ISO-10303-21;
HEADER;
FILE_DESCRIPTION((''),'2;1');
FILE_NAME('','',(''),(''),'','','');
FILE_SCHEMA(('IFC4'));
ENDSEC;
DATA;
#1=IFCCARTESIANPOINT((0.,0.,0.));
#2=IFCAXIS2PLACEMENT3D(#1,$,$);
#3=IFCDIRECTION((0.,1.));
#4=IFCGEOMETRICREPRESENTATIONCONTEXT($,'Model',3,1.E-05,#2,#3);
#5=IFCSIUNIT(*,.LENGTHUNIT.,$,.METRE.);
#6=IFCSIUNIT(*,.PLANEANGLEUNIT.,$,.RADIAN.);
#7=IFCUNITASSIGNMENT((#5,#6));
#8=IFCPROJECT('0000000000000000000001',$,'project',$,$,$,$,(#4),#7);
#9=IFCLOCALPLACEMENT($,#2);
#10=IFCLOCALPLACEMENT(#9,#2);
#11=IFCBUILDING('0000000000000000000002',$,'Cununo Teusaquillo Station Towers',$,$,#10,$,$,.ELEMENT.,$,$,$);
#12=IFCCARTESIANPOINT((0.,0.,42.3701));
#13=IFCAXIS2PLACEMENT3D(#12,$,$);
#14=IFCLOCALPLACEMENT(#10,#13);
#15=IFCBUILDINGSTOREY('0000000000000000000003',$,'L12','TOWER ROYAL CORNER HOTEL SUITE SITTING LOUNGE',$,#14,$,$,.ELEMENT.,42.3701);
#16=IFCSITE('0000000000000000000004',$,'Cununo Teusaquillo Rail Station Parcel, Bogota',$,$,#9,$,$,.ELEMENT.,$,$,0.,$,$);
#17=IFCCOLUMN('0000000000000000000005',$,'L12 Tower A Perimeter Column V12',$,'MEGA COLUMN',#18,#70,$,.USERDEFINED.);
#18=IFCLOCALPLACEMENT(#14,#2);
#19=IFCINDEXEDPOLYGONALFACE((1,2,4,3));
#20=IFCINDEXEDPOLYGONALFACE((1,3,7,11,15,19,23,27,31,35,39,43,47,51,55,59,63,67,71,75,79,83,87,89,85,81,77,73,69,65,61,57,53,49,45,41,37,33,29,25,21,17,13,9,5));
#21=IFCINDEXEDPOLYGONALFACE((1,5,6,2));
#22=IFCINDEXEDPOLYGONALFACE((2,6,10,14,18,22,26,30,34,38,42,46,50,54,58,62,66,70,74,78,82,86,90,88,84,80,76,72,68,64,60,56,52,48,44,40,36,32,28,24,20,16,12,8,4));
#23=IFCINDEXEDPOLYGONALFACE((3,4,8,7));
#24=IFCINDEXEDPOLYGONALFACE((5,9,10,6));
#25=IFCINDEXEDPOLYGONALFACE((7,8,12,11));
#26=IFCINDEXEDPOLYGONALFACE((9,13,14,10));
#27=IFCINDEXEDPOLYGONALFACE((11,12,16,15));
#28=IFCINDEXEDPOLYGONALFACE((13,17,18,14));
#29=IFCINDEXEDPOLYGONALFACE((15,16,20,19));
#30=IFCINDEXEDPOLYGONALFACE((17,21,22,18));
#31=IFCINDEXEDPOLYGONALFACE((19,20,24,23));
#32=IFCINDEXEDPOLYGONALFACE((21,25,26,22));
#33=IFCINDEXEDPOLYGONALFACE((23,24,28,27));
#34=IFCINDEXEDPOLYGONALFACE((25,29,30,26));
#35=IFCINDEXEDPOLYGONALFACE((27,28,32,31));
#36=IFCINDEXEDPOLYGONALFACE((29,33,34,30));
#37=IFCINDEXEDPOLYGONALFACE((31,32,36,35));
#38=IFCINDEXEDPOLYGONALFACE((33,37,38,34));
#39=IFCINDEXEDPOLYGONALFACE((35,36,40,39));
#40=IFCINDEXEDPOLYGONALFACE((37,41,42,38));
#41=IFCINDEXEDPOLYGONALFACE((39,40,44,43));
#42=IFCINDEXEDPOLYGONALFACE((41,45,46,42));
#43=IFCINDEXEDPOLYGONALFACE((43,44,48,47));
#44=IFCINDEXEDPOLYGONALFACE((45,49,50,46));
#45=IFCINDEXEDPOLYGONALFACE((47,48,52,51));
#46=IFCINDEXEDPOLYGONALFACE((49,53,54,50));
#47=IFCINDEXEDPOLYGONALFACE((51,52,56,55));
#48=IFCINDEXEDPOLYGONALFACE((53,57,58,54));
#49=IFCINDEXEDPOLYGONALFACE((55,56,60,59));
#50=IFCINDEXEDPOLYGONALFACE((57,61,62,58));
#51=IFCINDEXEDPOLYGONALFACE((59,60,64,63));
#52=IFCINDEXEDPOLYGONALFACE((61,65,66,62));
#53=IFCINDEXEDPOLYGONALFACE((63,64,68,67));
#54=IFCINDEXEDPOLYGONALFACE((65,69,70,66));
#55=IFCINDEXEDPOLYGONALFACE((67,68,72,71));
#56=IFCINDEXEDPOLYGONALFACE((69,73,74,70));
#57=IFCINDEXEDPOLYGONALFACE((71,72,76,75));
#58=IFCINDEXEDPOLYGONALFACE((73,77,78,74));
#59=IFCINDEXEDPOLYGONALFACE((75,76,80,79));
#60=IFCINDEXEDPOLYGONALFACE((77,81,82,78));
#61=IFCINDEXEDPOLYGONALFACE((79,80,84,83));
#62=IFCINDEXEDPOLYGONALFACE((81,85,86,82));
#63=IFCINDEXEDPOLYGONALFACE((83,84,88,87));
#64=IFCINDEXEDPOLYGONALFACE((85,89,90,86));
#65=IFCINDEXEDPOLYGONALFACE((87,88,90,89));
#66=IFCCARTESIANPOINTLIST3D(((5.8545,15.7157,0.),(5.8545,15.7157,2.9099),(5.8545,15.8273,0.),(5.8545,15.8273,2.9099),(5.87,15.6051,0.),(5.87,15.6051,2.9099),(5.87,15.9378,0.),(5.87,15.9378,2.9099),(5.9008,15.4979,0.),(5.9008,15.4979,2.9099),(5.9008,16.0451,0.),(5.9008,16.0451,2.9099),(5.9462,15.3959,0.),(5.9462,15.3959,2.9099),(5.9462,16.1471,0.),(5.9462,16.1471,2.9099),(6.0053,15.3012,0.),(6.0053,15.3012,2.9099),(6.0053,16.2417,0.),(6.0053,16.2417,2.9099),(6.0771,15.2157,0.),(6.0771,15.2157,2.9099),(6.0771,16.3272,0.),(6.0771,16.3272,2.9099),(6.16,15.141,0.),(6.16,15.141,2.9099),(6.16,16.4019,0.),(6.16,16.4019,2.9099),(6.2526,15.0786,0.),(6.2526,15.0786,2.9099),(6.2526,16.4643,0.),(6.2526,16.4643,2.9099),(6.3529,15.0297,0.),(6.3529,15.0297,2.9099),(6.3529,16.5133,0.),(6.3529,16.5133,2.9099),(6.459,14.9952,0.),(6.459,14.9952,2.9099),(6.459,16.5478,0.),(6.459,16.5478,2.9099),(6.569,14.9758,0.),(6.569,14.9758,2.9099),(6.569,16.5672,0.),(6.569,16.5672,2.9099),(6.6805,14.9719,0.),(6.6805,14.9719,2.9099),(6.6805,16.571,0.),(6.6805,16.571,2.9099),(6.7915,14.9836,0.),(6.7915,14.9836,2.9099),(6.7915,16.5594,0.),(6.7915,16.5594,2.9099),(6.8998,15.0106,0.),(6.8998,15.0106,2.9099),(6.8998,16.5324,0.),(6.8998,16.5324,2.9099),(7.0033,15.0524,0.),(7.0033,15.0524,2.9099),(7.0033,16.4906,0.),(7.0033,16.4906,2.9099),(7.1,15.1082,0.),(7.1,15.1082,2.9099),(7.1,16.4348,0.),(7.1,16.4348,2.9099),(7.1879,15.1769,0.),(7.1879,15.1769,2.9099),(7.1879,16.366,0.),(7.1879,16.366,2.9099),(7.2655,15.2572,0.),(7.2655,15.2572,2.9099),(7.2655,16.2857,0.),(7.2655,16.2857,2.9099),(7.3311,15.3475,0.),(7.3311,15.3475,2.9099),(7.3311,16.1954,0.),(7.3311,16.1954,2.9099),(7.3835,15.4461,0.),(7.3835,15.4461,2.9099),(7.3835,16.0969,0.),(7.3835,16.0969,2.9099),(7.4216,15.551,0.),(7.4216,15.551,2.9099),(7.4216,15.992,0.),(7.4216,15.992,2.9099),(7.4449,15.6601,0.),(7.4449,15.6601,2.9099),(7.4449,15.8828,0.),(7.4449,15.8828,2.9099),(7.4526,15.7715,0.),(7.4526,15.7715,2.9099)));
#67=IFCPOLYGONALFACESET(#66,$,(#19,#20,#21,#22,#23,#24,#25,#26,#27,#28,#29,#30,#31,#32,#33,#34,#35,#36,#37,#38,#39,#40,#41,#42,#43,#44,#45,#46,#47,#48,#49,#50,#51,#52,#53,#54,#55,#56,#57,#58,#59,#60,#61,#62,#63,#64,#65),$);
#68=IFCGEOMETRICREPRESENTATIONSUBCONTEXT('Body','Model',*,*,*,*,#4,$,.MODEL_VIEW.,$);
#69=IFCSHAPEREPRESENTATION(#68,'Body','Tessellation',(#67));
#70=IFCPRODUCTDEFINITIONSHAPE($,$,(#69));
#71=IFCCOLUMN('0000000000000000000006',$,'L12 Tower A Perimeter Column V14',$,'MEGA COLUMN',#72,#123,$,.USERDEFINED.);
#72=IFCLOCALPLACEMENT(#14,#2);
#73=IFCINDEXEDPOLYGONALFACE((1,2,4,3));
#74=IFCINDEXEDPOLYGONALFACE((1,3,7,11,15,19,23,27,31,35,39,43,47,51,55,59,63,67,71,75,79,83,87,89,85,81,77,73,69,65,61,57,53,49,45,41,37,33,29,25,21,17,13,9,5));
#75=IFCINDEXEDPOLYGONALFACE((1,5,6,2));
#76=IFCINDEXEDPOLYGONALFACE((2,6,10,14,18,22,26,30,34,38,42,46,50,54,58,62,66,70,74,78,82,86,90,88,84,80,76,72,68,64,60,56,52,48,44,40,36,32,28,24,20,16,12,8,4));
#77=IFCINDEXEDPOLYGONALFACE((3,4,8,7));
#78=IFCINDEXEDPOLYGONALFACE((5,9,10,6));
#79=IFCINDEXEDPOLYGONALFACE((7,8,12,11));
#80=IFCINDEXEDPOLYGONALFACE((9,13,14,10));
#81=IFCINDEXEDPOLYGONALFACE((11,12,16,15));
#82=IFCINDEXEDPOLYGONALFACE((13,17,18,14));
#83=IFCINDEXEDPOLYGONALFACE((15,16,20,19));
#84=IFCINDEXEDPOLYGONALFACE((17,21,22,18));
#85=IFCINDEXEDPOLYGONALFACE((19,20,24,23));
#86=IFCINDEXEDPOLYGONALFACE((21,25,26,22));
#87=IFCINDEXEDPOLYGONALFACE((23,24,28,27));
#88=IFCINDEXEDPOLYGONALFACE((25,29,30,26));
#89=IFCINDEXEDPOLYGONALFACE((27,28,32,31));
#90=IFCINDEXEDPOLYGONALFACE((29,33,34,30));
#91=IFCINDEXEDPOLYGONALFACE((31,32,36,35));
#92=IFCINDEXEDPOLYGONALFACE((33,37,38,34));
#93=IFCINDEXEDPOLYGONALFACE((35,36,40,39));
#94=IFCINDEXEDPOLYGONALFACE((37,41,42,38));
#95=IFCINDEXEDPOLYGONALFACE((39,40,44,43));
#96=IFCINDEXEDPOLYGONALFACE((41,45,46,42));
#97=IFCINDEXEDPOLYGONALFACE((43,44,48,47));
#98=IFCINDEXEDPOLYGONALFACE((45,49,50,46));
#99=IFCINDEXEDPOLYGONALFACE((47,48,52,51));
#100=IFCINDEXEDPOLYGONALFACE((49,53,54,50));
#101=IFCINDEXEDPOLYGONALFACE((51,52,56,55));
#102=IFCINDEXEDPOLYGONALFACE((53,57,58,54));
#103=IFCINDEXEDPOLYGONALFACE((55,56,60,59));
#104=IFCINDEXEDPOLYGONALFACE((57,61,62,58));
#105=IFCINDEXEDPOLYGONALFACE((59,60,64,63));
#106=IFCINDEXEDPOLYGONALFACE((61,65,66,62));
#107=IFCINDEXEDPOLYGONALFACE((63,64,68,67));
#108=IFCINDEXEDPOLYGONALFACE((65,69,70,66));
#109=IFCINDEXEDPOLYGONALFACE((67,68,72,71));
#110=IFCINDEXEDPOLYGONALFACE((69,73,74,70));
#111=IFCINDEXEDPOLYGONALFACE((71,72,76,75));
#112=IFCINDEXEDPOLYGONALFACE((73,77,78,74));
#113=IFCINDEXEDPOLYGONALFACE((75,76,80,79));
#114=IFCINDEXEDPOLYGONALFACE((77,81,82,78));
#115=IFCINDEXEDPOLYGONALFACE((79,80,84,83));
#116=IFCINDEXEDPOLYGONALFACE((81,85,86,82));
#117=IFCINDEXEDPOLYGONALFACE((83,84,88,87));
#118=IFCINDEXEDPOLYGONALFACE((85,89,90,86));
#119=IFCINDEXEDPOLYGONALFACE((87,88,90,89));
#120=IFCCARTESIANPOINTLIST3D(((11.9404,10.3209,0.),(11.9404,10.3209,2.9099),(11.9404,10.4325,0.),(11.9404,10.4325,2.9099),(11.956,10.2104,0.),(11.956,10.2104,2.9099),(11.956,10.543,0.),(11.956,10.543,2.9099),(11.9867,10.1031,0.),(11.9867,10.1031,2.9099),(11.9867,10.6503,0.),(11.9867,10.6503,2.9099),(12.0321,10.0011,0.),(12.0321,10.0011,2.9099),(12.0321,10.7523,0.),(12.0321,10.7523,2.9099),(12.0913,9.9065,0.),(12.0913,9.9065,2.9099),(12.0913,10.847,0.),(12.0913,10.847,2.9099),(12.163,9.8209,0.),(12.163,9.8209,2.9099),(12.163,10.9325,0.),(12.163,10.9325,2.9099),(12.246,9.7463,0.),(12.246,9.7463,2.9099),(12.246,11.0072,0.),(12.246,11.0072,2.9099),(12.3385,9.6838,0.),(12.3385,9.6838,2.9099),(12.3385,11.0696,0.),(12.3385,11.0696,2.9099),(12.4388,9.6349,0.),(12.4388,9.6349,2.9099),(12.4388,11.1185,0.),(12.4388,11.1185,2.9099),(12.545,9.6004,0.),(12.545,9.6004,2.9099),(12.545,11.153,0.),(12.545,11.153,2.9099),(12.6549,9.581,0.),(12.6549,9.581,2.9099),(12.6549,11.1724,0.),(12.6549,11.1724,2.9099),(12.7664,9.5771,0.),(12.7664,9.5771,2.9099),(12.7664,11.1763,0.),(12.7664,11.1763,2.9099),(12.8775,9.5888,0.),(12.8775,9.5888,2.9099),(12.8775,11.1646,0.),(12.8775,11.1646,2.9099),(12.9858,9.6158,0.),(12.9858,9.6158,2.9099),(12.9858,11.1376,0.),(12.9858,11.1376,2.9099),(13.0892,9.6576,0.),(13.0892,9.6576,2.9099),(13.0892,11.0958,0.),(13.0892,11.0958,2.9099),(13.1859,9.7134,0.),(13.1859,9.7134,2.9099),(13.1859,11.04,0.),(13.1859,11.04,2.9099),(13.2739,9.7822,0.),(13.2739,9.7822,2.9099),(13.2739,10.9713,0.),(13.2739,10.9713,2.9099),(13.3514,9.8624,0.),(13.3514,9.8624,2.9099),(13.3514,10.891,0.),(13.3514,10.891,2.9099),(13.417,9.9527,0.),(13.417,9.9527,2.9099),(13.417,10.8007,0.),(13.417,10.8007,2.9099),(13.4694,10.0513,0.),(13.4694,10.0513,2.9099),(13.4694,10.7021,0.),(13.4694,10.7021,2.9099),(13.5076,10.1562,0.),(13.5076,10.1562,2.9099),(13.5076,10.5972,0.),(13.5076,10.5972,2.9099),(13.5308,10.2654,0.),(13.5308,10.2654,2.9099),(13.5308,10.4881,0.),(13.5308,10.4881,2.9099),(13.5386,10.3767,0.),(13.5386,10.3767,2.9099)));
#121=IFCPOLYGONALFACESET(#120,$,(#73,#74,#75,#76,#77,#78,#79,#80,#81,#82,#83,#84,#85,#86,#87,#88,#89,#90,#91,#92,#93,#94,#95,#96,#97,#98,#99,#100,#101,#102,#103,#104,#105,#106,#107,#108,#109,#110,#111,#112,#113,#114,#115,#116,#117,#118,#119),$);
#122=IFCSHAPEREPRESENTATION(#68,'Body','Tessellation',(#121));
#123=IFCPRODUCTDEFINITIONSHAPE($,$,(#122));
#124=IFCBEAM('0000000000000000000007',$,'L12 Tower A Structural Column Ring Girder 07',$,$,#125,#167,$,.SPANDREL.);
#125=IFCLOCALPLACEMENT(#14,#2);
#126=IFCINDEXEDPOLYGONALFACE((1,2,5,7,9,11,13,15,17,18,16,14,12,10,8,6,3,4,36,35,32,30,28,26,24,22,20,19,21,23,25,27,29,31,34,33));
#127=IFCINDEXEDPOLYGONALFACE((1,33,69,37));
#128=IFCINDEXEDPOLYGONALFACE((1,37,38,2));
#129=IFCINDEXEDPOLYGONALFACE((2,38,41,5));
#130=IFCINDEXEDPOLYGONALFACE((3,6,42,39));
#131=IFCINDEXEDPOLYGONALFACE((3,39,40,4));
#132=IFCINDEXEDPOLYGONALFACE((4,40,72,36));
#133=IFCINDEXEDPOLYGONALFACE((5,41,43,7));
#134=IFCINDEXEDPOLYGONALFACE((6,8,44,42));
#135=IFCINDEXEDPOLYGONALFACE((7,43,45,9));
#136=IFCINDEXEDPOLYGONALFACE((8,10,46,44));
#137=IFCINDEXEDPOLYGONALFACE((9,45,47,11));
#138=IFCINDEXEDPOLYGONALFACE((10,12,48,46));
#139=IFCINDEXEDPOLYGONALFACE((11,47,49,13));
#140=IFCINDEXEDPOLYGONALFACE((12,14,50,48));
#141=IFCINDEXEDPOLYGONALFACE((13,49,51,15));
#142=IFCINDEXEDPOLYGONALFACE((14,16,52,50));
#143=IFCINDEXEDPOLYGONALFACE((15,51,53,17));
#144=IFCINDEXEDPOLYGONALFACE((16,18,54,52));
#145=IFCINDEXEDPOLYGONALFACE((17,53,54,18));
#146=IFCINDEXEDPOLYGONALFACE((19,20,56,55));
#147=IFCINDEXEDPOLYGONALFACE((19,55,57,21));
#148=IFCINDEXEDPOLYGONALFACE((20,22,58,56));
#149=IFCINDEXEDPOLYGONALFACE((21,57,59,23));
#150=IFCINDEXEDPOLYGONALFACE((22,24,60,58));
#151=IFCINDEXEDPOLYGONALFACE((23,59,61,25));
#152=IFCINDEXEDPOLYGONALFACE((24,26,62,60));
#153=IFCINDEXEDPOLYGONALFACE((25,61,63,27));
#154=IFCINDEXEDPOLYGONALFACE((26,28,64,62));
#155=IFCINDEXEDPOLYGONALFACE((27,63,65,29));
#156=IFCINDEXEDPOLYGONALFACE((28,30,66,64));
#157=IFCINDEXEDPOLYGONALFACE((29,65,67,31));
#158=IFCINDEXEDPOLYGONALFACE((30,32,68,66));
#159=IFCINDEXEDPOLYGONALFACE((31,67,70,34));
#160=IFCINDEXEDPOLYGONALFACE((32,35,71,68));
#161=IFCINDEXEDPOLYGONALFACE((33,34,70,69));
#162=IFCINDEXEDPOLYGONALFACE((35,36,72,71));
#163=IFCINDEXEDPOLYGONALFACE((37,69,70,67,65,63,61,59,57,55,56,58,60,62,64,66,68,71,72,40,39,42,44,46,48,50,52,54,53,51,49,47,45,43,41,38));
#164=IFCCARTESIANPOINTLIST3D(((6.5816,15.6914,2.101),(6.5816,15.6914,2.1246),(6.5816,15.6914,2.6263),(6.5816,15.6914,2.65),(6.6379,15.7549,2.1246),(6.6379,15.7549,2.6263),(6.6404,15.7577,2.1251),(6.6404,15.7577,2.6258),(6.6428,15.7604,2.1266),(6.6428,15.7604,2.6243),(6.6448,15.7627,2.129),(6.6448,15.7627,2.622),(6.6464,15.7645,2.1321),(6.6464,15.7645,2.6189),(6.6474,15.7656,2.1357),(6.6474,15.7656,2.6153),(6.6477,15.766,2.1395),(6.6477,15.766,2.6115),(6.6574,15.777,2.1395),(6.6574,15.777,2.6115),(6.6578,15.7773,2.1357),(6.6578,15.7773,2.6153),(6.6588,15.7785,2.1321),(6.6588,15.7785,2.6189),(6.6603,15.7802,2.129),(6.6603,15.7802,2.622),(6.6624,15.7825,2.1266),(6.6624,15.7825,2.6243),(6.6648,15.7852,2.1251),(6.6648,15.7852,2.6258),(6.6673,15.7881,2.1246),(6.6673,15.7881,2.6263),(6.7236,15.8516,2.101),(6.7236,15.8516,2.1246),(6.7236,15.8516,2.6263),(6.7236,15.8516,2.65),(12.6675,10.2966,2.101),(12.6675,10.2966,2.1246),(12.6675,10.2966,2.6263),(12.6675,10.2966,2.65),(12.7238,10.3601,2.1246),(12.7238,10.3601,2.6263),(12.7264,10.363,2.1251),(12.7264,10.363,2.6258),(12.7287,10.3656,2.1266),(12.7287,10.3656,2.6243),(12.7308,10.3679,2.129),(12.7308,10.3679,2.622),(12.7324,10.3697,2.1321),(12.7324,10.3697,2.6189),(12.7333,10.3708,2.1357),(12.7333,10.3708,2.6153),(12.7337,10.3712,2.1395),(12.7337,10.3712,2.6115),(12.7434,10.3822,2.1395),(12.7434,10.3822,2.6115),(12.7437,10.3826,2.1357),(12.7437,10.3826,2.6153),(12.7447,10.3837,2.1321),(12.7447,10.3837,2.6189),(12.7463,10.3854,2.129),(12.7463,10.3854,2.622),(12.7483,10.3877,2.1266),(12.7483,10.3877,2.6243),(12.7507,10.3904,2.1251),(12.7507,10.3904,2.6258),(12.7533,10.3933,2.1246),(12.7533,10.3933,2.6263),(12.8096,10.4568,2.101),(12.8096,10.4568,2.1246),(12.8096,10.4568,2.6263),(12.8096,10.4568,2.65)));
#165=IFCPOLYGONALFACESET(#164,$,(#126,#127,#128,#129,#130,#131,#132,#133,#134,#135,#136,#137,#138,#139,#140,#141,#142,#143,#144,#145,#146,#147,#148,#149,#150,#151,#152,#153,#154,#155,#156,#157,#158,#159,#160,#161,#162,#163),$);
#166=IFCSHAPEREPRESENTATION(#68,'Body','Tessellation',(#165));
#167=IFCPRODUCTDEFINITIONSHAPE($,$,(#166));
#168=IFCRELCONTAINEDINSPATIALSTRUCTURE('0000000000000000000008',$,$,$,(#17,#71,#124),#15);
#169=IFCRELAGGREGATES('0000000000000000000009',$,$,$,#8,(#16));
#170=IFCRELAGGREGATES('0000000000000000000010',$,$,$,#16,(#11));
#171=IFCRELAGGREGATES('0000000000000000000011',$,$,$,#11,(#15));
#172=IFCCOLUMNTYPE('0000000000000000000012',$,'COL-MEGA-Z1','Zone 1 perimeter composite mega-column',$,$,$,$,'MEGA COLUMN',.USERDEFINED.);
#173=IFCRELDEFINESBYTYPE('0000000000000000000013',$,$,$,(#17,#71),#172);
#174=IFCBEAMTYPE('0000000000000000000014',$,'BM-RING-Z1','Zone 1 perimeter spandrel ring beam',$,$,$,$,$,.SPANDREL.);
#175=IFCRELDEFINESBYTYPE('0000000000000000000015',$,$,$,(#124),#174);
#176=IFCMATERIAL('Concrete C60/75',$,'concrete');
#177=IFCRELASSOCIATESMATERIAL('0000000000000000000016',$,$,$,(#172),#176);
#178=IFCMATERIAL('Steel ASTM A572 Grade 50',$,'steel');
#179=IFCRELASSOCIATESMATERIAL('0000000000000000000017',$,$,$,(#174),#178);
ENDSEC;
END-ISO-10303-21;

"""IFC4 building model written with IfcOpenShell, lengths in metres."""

from ifc_helpers import new_model, si_unit, direction, frame, origin, origin_2d, place, context, subcontext, project, spatial, circle, i_section, extrude, material, material_profile, profile_set, type_object, element, save


model = new_model("IFC4")

# Units and contexts
model_context = context("Model", 3, precision=1e-05, world=origin(), true_north=direction((0.0, 1.0)))
body_context = subcontext(model_context, "Body", "Model", "MODEL_VIEW")
ifc_project = project(units=[si_unit("LENGTHUNIT", "METRE"), si_unit("PLANEANGLEUNIT", "RADIAN")], contexts=[model_context])

# Site, building, storey
site_placement = place(None, origin())
site = spatial("IfcSite", under=ifc_project, at=site_placement, Name="Cununo Teusaquillo Rail Station Parcel, Bogota", CompositionType="ELEMENT", RefElevation=0.0)
building_placement = place(site_placement, origin())
building = spatial("IfcBuilding", under=site, at=building_placement, Name="Cununo Teusaquillo Station Towers", CompositionType="ELEMENT")
storey_placement = place(building_placement, frame((0.0, 0.0, 42.3701)))
storey = spatial("IfcBuildingStorey", under=building, at=storey_placement, Name="L12", Description="TOWER ROYAL CORNER HOTEL SUITE SITTING LOUNGE", CompositionType="ELEMENT", Elevation=42.3701)

# Columns
ifc_material_1 = material(Name="Concrete C60/75", Category="concrete")
ifc_material_profile_1 = material_profile(ifc_material_1, circle(Radius=0.8, at=origin_2d()), Name="RC-CIRC-1600")
ifc_profile_set_1 = profile_set([ifc_material_profile_1], Name="Concrete C60/75")
column_type = type_object("IfcColumnType", Name="COL-MEGA-Z1", Description="Zone 1 perimeter composite mega-column", ElementType="MEGA COLUMN", PredefinedType="USERDEFINED", material=ifc_profile_set_1)
for number, where, z_axis, x_axis, name in (
    (1, (6.6526, 15.7715, 0.0), (0.0, 0.0, 1.0), (1.0, 0.0, 0.0), "L12 Tower A Perimeter Column V12"),
    (2, (12.7385, 10.3767, 0.0), (0.0, 0.0, 1.0), (1.0, 0.0, 0.0), "L12 Tower A Perimeter Column V14"),
):
    element("IfcColumn", number, at=place(storey_placement, frame(where, z_axis=z_axis, x_axis=x_axis)), inside=storey, type_object=column_type, Name=name, ObjectType="MEGA COLUMN", PredefinedType="USERDEFINED", context=body_context, shape_type="SweptSolid", body=[
        extrude(circle(Radius=0.8, at=origin_2d()), origin(), (0.0, 0.0, 1.0), 2.9099),
    ])

# Beam
ifc_material_2 = material(Name="Steel ASTM A572 Grade 50", Category="steel")
ifc_material_profile_2 = material_profile(ifc_material_2, i_section(OverallWidth=0.2141, OverallDepth=0.5491, WebThickness=0.0146, FlangeThickness=0.0237, FilletRadius=0.0149, at=origin_2d()), Name="W21X93")
ifc_profile_set_2 = profile_set([ifc_material_profile_2], Name="Steel ASTM A572 Grade 50")
beam_type = type_object("IfcBeamType", Name="BM-RING-Z1", Description="Zone 1 perimeter spandrel ring beam", PredefinedType="SPANDREL", material=ifc_profile_set_2)
beam_1_placement = place(storey_placement, frame((6.6526, 15.7715, 2.3755), z_axis=(0.748321, -0.663337, 0.0), x_axis=(0.663337, 0.748321, 0.0)))
element("IfcBeam", 3, at=beam_1_placement, inside=storey, type_object=beam_type, Name="L12 Tower A Structural Column Ring Girder 07", PredefinedType="SPANDREL", context=body_context, shape_type="SweptSolid", body=[
    extrude(i_section(OverallWidth=0.2141, OverallDepth=0.5491, WebThickness=0.0146, FlangeThickness=0.0237, FilletRadius=0.0149, at=origin_2d()), origin(), (0.0, 0.0, 1.0), 8.1328),
])

save(model, "model.ifc")
